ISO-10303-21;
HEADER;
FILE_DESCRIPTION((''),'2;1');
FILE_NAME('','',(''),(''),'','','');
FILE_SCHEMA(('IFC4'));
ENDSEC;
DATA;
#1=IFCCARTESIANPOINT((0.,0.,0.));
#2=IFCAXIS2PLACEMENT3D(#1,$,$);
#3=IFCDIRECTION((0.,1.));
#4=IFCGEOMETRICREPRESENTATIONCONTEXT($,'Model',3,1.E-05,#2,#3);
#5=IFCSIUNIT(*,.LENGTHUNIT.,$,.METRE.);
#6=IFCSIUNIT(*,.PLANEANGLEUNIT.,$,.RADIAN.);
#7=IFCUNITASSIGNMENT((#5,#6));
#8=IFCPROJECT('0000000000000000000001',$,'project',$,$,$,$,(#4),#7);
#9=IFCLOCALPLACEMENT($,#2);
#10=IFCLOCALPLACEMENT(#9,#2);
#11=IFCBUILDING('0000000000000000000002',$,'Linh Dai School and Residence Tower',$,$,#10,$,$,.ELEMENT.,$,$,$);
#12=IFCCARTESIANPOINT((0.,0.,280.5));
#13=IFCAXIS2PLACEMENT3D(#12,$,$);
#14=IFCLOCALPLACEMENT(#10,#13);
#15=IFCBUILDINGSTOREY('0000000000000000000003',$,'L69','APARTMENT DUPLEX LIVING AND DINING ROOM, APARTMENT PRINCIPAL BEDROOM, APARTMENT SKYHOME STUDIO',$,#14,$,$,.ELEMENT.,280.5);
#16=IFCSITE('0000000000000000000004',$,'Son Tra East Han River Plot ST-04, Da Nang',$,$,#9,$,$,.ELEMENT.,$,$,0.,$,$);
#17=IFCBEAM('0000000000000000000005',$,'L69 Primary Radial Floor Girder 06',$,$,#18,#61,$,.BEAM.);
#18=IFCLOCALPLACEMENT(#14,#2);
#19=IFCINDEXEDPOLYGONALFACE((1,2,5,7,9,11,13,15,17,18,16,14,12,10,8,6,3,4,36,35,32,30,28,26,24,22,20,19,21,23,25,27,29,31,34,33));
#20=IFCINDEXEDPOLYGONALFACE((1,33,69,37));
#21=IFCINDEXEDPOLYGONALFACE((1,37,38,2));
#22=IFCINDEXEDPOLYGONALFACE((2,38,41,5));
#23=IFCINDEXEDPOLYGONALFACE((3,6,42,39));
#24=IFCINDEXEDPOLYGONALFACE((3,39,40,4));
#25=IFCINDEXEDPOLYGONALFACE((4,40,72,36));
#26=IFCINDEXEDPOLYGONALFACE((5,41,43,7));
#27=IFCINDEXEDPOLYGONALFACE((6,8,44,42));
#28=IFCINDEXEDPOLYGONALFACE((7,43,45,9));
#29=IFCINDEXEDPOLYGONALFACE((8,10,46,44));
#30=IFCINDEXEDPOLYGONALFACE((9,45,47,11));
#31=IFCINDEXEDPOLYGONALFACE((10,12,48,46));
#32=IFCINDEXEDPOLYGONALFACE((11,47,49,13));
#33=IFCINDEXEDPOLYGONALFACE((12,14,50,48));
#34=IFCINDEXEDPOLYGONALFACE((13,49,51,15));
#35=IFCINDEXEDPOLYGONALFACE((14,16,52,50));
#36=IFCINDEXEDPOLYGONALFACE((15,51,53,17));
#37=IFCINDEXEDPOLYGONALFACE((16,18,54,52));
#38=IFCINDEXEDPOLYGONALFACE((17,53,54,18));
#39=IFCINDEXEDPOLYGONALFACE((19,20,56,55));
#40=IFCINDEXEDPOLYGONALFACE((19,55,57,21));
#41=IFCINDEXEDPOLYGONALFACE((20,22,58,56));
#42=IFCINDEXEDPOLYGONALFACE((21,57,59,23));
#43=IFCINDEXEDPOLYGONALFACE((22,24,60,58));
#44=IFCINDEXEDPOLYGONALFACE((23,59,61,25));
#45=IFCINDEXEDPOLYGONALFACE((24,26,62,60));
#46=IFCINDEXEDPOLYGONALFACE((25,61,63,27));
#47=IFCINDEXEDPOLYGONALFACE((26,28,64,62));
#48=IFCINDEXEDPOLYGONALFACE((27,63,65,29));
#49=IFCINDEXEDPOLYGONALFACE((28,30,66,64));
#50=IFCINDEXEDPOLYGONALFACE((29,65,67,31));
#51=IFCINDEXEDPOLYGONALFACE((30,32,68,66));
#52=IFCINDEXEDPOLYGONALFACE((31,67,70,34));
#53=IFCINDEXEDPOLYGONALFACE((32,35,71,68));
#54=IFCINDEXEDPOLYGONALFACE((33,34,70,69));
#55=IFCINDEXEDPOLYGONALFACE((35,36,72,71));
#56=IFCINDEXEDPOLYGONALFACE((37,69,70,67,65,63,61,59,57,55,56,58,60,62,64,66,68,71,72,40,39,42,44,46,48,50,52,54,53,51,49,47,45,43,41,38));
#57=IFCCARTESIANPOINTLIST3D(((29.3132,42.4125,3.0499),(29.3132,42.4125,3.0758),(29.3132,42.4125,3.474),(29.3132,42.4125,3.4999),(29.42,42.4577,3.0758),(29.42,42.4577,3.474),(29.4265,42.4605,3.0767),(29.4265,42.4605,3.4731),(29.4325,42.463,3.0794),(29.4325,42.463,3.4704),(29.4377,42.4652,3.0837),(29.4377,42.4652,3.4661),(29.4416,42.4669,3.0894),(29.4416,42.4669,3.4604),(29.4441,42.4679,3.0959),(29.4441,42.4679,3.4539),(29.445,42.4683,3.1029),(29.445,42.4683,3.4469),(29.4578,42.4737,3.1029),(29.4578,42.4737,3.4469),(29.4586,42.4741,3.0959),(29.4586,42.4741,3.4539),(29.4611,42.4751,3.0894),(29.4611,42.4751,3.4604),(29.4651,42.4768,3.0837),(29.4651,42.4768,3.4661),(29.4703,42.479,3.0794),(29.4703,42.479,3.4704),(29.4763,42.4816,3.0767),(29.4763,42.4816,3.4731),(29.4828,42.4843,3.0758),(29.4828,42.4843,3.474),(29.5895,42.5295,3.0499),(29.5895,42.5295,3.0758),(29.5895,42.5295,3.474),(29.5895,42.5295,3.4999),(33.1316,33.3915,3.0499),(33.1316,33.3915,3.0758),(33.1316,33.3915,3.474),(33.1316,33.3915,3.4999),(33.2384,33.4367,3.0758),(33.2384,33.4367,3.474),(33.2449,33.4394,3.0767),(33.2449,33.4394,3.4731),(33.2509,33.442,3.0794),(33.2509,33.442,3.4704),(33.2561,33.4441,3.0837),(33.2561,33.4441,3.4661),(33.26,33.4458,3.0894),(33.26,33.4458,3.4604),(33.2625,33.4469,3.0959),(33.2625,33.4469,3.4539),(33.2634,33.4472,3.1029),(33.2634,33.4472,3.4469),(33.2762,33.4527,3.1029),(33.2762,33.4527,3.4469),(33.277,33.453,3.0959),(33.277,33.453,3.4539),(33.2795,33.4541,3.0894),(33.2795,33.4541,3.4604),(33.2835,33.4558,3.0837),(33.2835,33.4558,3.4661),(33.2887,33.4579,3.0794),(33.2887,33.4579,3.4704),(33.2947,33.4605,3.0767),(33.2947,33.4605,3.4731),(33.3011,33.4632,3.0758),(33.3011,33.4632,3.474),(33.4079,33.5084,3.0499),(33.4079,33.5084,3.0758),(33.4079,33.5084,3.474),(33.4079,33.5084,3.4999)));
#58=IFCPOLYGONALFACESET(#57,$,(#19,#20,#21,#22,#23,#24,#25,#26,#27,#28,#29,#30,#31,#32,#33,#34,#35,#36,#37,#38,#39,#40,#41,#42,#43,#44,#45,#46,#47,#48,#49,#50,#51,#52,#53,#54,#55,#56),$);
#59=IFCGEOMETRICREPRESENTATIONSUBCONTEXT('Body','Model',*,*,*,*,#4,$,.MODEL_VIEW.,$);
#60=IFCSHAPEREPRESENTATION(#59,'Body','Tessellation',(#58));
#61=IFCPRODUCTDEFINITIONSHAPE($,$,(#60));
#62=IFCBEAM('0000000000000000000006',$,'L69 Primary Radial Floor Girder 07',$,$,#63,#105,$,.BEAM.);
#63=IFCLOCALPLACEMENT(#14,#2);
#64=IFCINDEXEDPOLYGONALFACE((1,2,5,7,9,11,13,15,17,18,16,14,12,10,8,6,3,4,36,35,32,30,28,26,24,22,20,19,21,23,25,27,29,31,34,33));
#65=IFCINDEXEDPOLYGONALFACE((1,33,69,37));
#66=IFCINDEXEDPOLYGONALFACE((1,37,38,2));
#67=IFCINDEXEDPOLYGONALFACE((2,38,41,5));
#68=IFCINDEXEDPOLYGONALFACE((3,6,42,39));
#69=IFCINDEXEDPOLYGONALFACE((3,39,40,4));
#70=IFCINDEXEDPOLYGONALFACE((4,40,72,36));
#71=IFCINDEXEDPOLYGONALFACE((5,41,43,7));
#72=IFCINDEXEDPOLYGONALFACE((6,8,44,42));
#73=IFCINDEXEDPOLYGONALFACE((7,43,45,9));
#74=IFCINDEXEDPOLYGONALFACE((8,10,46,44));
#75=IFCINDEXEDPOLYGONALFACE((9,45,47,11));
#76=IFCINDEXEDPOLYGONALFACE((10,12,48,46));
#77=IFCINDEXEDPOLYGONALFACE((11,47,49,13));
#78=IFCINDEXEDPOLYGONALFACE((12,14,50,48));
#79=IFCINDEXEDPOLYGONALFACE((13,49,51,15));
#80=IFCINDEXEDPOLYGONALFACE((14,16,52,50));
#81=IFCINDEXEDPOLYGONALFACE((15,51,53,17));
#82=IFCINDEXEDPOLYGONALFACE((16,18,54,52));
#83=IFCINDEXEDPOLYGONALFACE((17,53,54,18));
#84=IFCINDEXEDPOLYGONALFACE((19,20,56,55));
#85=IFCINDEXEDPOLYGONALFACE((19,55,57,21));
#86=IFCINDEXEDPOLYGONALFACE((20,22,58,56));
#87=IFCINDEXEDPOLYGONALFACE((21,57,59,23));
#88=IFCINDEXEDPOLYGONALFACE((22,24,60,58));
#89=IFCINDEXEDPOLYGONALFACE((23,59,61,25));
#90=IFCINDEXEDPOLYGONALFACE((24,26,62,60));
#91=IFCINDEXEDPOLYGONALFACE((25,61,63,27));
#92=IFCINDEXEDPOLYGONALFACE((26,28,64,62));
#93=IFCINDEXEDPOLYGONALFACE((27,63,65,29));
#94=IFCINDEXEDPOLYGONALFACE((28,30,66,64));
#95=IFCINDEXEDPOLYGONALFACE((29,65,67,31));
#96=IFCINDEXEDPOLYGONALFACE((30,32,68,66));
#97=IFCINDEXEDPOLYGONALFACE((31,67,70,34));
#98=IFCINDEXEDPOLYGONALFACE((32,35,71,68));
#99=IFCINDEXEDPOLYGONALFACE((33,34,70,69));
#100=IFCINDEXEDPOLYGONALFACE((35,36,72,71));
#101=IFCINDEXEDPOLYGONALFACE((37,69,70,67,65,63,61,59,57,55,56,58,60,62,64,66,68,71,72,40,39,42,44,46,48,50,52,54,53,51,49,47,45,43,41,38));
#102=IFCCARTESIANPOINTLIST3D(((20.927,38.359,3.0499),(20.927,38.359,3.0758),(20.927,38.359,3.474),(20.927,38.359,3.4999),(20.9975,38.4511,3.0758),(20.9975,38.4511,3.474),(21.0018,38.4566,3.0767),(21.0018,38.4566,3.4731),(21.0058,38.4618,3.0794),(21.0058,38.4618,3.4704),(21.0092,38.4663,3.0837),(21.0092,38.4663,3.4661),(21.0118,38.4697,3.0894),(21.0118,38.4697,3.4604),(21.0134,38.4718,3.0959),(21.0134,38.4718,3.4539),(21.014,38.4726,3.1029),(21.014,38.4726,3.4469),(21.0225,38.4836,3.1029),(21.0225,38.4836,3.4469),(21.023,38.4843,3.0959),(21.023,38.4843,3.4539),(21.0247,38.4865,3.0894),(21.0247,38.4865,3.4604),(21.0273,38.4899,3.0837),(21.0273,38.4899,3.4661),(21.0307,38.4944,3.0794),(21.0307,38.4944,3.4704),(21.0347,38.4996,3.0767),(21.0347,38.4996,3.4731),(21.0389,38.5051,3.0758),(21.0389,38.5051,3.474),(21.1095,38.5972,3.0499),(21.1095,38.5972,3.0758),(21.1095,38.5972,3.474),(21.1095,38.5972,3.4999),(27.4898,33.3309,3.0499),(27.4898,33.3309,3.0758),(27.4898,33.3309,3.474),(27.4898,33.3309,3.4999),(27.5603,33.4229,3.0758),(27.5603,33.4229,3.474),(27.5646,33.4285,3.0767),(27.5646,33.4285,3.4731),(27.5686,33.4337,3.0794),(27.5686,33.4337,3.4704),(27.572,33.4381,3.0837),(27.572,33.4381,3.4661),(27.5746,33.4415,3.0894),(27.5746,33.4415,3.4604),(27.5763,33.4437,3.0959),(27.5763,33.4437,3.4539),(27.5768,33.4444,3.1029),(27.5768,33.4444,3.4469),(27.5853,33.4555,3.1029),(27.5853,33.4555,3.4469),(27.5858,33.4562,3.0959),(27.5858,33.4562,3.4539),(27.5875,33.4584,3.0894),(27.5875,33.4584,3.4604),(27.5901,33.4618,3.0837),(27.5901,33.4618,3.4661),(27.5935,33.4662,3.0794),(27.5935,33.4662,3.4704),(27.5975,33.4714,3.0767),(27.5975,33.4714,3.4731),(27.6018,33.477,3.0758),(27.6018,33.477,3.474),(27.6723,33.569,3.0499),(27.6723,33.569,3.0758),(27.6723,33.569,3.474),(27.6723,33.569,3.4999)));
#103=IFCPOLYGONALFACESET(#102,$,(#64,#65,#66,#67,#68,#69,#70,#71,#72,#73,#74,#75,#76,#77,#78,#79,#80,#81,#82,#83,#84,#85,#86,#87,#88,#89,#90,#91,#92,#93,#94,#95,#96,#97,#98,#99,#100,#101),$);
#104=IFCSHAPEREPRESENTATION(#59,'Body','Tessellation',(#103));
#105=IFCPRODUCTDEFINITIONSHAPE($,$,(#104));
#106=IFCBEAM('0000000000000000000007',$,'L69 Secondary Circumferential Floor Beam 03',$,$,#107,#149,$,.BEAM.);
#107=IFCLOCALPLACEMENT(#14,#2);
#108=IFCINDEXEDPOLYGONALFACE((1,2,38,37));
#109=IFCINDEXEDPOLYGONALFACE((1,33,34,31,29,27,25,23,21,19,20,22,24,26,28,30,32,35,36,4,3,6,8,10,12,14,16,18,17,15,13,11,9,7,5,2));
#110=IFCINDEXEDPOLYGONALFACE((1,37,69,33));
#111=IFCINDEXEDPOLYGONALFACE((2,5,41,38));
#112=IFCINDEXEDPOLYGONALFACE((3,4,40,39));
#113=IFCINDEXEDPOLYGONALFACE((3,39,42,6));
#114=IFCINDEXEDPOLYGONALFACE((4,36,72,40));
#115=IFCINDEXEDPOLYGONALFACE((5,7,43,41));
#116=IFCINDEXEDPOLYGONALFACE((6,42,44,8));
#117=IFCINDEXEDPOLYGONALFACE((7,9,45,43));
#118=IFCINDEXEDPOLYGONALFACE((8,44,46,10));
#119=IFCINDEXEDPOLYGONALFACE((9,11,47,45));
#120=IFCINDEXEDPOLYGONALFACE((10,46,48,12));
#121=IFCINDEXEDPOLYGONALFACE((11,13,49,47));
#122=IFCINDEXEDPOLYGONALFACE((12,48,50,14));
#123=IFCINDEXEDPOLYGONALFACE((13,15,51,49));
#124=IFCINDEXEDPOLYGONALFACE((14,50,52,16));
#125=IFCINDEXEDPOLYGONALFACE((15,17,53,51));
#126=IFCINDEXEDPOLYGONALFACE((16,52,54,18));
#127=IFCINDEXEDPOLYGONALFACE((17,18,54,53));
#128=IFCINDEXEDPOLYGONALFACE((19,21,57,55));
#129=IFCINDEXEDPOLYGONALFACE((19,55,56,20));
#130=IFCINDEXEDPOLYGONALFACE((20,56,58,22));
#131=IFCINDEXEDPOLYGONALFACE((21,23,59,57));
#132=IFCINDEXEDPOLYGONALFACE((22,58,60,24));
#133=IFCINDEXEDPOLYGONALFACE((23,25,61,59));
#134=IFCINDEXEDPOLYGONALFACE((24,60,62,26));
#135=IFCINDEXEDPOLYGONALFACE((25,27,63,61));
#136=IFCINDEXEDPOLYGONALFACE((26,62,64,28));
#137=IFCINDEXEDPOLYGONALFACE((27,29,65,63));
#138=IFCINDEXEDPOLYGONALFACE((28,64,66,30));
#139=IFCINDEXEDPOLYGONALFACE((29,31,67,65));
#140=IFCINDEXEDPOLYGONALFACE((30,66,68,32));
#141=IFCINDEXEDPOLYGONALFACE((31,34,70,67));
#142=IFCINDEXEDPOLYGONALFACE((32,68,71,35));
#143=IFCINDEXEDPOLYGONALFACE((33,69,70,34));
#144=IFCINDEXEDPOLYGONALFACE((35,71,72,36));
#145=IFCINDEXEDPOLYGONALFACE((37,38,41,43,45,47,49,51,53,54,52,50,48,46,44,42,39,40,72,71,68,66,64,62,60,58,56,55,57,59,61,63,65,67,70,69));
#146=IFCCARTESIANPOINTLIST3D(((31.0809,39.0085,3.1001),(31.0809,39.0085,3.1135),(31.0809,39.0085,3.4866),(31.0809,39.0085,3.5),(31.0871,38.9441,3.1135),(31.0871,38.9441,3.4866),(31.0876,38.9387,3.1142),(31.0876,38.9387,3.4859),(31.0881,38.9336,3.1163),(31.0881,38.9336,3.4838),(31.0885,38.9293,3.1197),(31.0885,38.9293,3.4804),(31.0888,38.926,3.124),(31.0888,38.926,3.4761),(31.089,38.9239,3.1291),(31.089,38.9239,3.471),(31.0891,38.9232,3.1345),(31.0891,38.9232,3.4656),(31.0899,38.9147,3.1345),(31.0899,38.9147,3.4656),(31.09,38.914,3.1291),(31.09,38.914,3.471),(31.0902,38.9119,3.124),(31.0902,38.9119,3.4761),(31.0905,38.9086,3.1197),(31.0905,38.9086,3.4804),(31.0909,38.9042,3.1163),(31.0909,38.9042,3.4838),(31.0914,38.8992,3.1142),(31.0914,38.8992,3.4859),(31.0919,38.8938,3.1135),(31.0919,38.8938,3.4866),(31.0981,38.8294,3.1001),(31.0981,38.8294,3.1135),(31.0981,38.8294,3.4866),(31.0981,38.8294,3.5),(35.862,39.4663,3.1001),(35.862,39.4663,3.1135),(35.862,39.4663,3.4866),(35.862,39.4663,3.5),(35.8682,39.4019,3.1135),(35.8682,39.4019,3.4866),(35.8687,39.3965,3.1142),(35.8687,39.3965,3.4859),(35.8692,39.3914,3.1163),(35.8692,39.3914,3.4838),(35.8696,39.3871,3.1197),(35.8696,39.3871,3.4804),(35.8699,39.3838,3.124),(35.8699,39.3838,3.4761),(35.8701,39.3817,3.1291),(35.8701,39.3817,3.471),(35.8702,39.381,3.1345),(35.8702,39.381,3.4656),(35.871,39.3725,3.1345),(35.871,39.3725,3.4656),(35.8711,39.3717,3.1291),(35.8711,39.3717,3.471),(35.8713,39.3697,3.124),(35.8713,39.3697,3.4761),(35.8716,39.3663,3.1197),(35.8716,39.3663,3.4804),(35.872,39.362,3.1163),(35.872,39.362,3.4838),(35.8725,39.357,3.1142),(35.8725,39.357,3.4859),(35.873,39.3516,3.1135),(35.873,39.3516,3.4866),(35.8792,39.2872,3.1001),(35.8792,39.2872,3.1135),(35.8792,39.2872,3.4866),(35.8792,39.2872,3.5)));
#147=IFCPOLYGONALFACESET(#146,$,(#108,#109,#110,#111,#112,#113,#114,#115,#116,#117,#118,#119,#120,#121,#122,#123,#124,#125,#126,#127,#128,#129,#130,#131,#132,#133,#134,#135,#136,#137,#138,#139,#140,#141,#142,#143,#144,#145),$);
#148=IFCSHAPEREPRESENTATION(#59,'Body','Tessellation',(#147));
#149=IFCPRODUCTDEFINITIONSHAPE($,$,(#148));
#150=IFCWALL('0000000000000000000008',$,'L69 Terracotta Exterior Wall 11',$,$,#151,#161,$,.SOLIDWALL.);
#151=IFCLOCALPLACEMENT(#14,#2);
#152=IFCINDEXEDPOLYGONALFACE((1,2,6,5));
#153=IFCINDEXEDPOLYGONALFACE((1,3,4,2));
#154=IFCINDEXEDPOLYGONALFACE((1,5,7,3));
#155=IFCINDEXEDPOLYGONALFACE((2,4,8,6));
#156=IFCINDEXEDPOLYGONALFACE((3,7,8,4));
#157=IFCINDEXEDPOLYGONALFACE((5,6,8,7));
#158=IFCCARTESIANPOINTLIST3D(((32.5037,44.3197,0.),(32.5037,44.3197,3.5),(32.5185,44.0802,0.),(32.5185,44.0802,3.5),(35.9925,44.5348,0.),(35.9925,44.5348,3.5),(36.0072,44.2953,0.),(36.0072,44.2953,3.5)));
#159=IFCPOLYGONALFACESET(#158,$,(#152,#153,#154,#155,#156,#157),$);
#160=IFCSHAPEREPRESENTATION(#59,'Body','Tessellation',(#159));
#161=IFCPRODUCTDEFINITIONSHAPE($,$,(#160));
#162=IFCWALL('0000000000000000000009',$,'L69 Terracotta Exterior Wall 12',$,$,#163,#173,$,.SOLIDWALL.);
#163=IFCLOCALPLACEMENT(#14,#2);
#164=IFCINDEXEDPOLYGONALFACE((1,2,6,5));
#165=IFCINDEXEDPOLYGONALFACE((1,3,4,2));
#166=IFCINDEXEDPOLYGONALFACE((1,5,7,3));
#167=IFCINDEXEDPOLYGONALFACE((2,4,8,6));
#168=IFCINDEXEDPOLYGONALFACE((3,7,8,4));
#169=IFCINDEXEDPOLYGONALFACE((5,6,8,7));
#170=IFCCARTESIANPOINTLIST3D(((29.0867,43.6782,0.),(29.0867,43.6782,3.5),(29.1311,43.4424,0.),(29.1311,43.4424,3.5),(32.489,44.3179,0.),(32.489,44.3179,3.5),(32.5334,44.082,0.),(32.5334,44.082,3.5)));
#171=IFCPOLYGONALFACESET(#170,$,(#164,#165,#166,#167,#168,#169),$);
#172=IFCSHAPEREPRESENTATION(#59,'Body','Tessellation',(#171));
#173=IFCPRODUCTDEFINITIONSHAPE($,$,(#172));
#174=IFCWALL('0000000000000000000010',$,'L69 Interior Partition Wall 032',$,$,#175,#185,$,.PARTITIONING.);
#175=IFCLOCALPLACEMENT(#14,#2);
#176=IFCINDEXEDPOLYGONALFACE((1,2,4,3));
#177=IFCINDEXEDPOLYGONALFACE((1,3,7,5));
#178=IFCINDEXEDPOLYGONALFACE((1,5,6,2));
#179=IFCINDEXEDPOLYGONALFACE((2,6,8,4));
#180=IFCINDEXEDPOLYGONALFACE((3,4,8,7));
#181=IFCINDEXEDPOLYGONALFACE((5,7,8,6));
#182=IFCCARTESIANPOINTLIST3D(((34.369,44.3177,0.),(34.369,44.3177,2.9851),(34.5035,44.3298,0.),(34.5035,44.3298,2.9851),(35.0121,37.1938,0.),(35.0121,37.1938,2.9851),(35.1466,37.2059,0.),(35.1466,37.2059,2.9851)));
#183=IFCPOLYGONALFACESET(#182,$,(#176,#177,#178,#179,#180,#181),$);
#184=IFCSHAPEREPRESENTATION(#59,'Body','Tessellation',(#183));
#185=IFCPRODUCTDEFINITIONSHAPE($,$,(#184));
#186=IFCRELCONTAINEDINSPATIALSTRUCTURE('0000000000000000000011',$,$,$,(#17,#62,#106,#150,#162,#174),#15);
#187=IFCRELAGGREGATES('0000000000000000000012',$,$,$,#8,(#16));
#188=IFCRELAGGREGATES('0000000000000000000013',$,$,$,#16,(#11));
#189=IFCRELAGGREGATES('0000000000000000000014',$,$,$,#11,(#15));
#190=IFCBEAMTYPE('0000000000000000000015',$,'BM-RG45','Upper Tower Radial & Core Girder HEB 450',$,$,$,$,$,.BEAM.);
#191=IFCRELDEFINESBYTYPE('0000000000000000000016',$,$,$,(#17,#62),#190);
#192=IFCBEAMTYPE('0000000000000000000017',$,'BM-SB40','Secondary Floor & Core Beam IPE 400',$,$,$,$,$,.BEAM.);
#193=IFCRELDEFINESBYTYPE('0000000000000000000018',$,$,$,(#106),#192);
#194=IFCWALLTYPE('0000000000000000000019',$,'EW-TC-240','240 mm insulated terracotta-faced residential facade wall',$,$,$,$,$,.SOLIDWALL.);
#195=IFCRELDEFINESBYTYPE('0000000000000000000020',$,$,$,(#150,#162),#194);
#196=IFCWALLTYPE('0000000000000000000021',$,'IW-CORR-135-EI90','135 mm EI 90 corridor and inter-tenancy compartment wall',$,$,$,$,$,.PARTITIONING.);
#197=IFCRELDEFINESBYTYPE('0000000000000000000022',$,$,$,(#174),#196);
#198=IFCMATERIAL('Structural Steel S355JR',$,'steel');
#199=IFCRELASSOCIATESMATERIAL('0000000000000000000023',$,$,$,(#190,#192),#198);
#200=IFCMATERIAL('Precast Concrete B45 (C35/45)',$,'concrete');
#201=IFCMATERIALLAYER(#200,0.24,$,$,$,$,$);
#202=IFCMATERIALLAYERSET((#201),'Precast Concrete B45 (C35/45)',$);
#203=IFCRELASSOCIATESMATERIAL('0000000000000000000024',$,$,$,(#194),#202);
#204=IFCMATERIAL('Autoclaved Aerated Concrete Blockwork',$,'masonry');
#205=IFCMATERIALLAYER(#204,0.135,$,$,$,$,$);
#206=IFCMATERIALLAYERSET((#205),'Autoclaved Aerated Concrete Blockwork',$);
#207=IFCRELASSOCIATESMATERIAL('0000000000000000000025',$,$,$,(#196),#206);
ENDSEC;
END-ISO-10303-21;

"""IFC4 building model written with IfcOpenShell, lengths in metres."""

from ifc_helpers import new_model, si_unit, direction, frame, frame_2d, origin, origin_2d, place, context, subcontext, project, spatial, rectangle, i_section, extrude, material, layer, layer_set, material_profile, profile_set, type_object, element, save


model = new_model("IFC4")

# Units and contexts
model_context = context("Model", 3, precision=1e-05, world=origin(), true_north=direction((0.0, 1.0)))
body_context = subcontext(model_context, "Body", "Model", "MODEL_VIEW")
ifc_project = project(units=[si_unit("LENGTHUNIT", "METRE"), si_unit("PLANEANGLEUNIT", "RADIAN")], contexts=[model_context])

# Site, building, storey
site_placement = place(None, origin())
site = spatial("IfcSite", under=ifc_project, at=site_placement, Name="Son Tra East Han River Plot ST-04, Da Nang", CompositionType="ELEMENT", RefElevation=0.0)
building_placement = place(site_placement, origin())
building = spatial("IfcBuilding", under=site, at=building_placement, Name="Linh Dai School and Residence Tower", CompositionType="ELEMENT")
storey_placement = place(building_placement, frame((0.0, 0.0, 280.5)))
storey = spatial("IfcBuildingStorey", under=building, at=storey_placement, Name="L69", Description="APARTMENT DUPLEX LIVING AND DINING ROOM, APARTMENT PRINCIPAL BEDROOM, APARTMENT SKYHOME STUDIO", CompositionType="ELEMENT", Elevation=280.5)

# Shared definitions
ifc_material_1 = material(Name="Structural Steel S355JR", Category="steel")

# Beams
ifc_material_profile_1 = material_profile(ifc_material_1, i_section(OverallWidth=0.3, OverallDepth=0.45, WebThickness=0.0139, FlangeThickness=0.0259, FilletRadius=0.0271, at=origin_2d()), Name="HEB 450")
ifc_profile_set_1 = profile_set([ifc_material_profile_1], Name="Structural Steel S355JR")
beam_type_1 = type_object("IfcBeamType", Name="BM-RG45", Description="Upper Tower Radial & Core Girder HEB 450", PredefinedType="BEAM", material=ifc_profile_set_1)
beam_1_placement = place(storey_placement, frame((33.2698, 33.45, 3.2749), z_axis=(-0.389794, 0.920902, 0.0), x_axis=(-0.920902, -0.389794, 0.0)))
element("IfcBeam", 1, at=beam_1_placement, inside=storey, type_object=beam_type_1, Name="L69 Primary Radial Floor Girder 06", PredefinedType="BEAM", context=body_context, shape_type="SweptSolid", body=[
    extrude(i_section(OverallWidth=0.3, OverallDepth=0.45, WebThickness=0.0139, FlangeThickness=0.0259, FilletRadius=0.0271, at=origin_2d()), origin(), (0.0, 0.0, 1.0), 9.7959),
])
beam_2_placement = place(storey_placement, frame((27.5811, 33.45, 3.2749), z_axis=(-0.793803, 0.608175, 0.0), x_axis=(-0.608175, -0.793803, 0.0)))
element("IfcBeam", 2, at=beam_2_placement, inside=storey, type_object=beam_type_1, Name="L69 Primary Radial Floor Girder 07", PredefinedType="BEAM", context=body_context, shape_type="SweptSolid", body=[
    extrude(i_section(OverallWidth=0.3, OverallDepth=0.45, WebThickness=0.0139, FlangeThickness=0.0259, FilletRadius=0.0271, at=origin_2d()), origin(), (0.0, 0.0, 1.0), 8.2676),
])
ifc_material_profile_2 = material_profile(ifc_material_1, i_section(OverallWidth=0.1799, OverallDepth=0.3999, WebThickness=0.0085, FlangeThickness=0.0134, FilletRadius=0.021, at=origin_2d()), Name="IPE 400")
ifc_profile_set_2 = profile_set([ifc_material_profile_2], Name="Structural Steel S355JR")
beam_type_2 = type_object("IfcBeamType", Name="BM-SB40", Description="Secondary Floor & Core Beam IPE 400", PredefinedType="BEAM", material=ifc_profile_set_2)
beam_3_placement = place(storey_placement, frame((35.8706, 39.3767, 3.3), z_axis=(-0.995448, -0.09531, 0.0), x_axis=(0.09531, -0.995448, 0.0)))
element("IfcBeam", 3, at=beam_3_placement, inside=storey, type_object=beam_type_2, Name="L69 Secondary Circumferential Floor Beam 03", PredefinedType="BEAM", context=body_context, shape_type="SweptSolid", body=[
    extrude(i_section(OverallWidth=0.1799, OverallDepth=0.3999, WebThickness=0.0085, FlangeThickness=0.0134, FilletRadius=0.021, at=origin_2d()), origin(), (0.0, 0.0, 1.0), 4.803),
])

# Walls
ifc_material_2 = material(Name="Precast Concrete B45 (C35/45)", Category="concrete")
ifc_layer_1 = layer(ifc_material_2, 0.24)
ifc_layer_set_1 = layer_set([ifc_layer_1], Name="Precast Concrete B45 (C35/45)")
wall_type_1 = type_object("IfcWallType", Name="EW-TC-240", Description="240 mm insulated terracotta-faced residential facade wall", PredefinedType="SOLIDWALL", material=ifc_layer_set_1)
wall_1_placement = place(storey_placement, frame((32.5112, 44.2, 0.0), z_axis=(0.0, 0.0, 1.0), x_axis=(0.998105, 0.061535, 0.0)))
element("IfcWall", 4, at=wall_1_placement, inside=storey, type_object=wall_type_1, Name="L69 Terracotta Exterior Wall 11", PredefinedType="SOLIDWALL", context=body_context, shape_type="SweptSolid", body=[
    extrude(rectangle(XDim=3.4954, YDim=0.24, at=frame_2d((1.7476, 0.0))), origin(), (0.0, 0.0, 1.0), 3.5),
])
wall_2_placement = place(storey_placement, frame((29.1089, 43.5603, 0.0), z_axis=(0.0, 0.0, 1.0), x_axis=(0.982783, 0.184765, 0.0)))
element("IfcWall", 5, at=wall_2_placement, inside=storey, type_object=wall_type_1, Name="L69 Terracotta Exterior Wall 12", PredefinedType="SOLIDWALL", context=body_context, shape_type="SweptSolid", body=[
    extrude(rectangle(XDim=3.4619, YDim=0.24, at=frame_2d((1.731, 0.0))), origin(), (0.0, 0.0, 1.0), 3.5),
])
ifc_material_3 = material(Name="Autoclaved Aerated Concrete Blockwork", Category="masonry")
ifc_layer_2 = layer(ifc_material_3, 0.135)
ifc_layer_set_2 = layer_set([ifc_layer_2], Name="Autoclaved Aerated Concrete Blockwork")
wall_type_2 = type_object("IfcWallType", Name="IW-CORR-135-EI90", Description="135 mm EI 90 corridor and inter-tenancy compartment wall", PredefinedType="PARTITIONING", material=ifc_layer_set_2)
wall_3_placement = place(storey_placement, frame((34.4363, 44.3237, 0.0), z_axis=(0.0, 0.0, 1.0), x_axis=(0.089905, -0.99595, 0.0)))
element("IfcWall", 6, at=wall_3_placement, inside=storey, type_object=wall_type_2, Name="L69 Interior Partition Wall 032", PredefinedType="PARTITIONING", context=body_context, shape_type="SweptSolid", body=[
    extrude(rectangle(XDim=7.1528, YDim=0.135, at=frame_2d((3.5764, 0.0))), origin(), (0.0, 0.0, 1.0), 2.9851),
])

save(model, "model.ifc")
